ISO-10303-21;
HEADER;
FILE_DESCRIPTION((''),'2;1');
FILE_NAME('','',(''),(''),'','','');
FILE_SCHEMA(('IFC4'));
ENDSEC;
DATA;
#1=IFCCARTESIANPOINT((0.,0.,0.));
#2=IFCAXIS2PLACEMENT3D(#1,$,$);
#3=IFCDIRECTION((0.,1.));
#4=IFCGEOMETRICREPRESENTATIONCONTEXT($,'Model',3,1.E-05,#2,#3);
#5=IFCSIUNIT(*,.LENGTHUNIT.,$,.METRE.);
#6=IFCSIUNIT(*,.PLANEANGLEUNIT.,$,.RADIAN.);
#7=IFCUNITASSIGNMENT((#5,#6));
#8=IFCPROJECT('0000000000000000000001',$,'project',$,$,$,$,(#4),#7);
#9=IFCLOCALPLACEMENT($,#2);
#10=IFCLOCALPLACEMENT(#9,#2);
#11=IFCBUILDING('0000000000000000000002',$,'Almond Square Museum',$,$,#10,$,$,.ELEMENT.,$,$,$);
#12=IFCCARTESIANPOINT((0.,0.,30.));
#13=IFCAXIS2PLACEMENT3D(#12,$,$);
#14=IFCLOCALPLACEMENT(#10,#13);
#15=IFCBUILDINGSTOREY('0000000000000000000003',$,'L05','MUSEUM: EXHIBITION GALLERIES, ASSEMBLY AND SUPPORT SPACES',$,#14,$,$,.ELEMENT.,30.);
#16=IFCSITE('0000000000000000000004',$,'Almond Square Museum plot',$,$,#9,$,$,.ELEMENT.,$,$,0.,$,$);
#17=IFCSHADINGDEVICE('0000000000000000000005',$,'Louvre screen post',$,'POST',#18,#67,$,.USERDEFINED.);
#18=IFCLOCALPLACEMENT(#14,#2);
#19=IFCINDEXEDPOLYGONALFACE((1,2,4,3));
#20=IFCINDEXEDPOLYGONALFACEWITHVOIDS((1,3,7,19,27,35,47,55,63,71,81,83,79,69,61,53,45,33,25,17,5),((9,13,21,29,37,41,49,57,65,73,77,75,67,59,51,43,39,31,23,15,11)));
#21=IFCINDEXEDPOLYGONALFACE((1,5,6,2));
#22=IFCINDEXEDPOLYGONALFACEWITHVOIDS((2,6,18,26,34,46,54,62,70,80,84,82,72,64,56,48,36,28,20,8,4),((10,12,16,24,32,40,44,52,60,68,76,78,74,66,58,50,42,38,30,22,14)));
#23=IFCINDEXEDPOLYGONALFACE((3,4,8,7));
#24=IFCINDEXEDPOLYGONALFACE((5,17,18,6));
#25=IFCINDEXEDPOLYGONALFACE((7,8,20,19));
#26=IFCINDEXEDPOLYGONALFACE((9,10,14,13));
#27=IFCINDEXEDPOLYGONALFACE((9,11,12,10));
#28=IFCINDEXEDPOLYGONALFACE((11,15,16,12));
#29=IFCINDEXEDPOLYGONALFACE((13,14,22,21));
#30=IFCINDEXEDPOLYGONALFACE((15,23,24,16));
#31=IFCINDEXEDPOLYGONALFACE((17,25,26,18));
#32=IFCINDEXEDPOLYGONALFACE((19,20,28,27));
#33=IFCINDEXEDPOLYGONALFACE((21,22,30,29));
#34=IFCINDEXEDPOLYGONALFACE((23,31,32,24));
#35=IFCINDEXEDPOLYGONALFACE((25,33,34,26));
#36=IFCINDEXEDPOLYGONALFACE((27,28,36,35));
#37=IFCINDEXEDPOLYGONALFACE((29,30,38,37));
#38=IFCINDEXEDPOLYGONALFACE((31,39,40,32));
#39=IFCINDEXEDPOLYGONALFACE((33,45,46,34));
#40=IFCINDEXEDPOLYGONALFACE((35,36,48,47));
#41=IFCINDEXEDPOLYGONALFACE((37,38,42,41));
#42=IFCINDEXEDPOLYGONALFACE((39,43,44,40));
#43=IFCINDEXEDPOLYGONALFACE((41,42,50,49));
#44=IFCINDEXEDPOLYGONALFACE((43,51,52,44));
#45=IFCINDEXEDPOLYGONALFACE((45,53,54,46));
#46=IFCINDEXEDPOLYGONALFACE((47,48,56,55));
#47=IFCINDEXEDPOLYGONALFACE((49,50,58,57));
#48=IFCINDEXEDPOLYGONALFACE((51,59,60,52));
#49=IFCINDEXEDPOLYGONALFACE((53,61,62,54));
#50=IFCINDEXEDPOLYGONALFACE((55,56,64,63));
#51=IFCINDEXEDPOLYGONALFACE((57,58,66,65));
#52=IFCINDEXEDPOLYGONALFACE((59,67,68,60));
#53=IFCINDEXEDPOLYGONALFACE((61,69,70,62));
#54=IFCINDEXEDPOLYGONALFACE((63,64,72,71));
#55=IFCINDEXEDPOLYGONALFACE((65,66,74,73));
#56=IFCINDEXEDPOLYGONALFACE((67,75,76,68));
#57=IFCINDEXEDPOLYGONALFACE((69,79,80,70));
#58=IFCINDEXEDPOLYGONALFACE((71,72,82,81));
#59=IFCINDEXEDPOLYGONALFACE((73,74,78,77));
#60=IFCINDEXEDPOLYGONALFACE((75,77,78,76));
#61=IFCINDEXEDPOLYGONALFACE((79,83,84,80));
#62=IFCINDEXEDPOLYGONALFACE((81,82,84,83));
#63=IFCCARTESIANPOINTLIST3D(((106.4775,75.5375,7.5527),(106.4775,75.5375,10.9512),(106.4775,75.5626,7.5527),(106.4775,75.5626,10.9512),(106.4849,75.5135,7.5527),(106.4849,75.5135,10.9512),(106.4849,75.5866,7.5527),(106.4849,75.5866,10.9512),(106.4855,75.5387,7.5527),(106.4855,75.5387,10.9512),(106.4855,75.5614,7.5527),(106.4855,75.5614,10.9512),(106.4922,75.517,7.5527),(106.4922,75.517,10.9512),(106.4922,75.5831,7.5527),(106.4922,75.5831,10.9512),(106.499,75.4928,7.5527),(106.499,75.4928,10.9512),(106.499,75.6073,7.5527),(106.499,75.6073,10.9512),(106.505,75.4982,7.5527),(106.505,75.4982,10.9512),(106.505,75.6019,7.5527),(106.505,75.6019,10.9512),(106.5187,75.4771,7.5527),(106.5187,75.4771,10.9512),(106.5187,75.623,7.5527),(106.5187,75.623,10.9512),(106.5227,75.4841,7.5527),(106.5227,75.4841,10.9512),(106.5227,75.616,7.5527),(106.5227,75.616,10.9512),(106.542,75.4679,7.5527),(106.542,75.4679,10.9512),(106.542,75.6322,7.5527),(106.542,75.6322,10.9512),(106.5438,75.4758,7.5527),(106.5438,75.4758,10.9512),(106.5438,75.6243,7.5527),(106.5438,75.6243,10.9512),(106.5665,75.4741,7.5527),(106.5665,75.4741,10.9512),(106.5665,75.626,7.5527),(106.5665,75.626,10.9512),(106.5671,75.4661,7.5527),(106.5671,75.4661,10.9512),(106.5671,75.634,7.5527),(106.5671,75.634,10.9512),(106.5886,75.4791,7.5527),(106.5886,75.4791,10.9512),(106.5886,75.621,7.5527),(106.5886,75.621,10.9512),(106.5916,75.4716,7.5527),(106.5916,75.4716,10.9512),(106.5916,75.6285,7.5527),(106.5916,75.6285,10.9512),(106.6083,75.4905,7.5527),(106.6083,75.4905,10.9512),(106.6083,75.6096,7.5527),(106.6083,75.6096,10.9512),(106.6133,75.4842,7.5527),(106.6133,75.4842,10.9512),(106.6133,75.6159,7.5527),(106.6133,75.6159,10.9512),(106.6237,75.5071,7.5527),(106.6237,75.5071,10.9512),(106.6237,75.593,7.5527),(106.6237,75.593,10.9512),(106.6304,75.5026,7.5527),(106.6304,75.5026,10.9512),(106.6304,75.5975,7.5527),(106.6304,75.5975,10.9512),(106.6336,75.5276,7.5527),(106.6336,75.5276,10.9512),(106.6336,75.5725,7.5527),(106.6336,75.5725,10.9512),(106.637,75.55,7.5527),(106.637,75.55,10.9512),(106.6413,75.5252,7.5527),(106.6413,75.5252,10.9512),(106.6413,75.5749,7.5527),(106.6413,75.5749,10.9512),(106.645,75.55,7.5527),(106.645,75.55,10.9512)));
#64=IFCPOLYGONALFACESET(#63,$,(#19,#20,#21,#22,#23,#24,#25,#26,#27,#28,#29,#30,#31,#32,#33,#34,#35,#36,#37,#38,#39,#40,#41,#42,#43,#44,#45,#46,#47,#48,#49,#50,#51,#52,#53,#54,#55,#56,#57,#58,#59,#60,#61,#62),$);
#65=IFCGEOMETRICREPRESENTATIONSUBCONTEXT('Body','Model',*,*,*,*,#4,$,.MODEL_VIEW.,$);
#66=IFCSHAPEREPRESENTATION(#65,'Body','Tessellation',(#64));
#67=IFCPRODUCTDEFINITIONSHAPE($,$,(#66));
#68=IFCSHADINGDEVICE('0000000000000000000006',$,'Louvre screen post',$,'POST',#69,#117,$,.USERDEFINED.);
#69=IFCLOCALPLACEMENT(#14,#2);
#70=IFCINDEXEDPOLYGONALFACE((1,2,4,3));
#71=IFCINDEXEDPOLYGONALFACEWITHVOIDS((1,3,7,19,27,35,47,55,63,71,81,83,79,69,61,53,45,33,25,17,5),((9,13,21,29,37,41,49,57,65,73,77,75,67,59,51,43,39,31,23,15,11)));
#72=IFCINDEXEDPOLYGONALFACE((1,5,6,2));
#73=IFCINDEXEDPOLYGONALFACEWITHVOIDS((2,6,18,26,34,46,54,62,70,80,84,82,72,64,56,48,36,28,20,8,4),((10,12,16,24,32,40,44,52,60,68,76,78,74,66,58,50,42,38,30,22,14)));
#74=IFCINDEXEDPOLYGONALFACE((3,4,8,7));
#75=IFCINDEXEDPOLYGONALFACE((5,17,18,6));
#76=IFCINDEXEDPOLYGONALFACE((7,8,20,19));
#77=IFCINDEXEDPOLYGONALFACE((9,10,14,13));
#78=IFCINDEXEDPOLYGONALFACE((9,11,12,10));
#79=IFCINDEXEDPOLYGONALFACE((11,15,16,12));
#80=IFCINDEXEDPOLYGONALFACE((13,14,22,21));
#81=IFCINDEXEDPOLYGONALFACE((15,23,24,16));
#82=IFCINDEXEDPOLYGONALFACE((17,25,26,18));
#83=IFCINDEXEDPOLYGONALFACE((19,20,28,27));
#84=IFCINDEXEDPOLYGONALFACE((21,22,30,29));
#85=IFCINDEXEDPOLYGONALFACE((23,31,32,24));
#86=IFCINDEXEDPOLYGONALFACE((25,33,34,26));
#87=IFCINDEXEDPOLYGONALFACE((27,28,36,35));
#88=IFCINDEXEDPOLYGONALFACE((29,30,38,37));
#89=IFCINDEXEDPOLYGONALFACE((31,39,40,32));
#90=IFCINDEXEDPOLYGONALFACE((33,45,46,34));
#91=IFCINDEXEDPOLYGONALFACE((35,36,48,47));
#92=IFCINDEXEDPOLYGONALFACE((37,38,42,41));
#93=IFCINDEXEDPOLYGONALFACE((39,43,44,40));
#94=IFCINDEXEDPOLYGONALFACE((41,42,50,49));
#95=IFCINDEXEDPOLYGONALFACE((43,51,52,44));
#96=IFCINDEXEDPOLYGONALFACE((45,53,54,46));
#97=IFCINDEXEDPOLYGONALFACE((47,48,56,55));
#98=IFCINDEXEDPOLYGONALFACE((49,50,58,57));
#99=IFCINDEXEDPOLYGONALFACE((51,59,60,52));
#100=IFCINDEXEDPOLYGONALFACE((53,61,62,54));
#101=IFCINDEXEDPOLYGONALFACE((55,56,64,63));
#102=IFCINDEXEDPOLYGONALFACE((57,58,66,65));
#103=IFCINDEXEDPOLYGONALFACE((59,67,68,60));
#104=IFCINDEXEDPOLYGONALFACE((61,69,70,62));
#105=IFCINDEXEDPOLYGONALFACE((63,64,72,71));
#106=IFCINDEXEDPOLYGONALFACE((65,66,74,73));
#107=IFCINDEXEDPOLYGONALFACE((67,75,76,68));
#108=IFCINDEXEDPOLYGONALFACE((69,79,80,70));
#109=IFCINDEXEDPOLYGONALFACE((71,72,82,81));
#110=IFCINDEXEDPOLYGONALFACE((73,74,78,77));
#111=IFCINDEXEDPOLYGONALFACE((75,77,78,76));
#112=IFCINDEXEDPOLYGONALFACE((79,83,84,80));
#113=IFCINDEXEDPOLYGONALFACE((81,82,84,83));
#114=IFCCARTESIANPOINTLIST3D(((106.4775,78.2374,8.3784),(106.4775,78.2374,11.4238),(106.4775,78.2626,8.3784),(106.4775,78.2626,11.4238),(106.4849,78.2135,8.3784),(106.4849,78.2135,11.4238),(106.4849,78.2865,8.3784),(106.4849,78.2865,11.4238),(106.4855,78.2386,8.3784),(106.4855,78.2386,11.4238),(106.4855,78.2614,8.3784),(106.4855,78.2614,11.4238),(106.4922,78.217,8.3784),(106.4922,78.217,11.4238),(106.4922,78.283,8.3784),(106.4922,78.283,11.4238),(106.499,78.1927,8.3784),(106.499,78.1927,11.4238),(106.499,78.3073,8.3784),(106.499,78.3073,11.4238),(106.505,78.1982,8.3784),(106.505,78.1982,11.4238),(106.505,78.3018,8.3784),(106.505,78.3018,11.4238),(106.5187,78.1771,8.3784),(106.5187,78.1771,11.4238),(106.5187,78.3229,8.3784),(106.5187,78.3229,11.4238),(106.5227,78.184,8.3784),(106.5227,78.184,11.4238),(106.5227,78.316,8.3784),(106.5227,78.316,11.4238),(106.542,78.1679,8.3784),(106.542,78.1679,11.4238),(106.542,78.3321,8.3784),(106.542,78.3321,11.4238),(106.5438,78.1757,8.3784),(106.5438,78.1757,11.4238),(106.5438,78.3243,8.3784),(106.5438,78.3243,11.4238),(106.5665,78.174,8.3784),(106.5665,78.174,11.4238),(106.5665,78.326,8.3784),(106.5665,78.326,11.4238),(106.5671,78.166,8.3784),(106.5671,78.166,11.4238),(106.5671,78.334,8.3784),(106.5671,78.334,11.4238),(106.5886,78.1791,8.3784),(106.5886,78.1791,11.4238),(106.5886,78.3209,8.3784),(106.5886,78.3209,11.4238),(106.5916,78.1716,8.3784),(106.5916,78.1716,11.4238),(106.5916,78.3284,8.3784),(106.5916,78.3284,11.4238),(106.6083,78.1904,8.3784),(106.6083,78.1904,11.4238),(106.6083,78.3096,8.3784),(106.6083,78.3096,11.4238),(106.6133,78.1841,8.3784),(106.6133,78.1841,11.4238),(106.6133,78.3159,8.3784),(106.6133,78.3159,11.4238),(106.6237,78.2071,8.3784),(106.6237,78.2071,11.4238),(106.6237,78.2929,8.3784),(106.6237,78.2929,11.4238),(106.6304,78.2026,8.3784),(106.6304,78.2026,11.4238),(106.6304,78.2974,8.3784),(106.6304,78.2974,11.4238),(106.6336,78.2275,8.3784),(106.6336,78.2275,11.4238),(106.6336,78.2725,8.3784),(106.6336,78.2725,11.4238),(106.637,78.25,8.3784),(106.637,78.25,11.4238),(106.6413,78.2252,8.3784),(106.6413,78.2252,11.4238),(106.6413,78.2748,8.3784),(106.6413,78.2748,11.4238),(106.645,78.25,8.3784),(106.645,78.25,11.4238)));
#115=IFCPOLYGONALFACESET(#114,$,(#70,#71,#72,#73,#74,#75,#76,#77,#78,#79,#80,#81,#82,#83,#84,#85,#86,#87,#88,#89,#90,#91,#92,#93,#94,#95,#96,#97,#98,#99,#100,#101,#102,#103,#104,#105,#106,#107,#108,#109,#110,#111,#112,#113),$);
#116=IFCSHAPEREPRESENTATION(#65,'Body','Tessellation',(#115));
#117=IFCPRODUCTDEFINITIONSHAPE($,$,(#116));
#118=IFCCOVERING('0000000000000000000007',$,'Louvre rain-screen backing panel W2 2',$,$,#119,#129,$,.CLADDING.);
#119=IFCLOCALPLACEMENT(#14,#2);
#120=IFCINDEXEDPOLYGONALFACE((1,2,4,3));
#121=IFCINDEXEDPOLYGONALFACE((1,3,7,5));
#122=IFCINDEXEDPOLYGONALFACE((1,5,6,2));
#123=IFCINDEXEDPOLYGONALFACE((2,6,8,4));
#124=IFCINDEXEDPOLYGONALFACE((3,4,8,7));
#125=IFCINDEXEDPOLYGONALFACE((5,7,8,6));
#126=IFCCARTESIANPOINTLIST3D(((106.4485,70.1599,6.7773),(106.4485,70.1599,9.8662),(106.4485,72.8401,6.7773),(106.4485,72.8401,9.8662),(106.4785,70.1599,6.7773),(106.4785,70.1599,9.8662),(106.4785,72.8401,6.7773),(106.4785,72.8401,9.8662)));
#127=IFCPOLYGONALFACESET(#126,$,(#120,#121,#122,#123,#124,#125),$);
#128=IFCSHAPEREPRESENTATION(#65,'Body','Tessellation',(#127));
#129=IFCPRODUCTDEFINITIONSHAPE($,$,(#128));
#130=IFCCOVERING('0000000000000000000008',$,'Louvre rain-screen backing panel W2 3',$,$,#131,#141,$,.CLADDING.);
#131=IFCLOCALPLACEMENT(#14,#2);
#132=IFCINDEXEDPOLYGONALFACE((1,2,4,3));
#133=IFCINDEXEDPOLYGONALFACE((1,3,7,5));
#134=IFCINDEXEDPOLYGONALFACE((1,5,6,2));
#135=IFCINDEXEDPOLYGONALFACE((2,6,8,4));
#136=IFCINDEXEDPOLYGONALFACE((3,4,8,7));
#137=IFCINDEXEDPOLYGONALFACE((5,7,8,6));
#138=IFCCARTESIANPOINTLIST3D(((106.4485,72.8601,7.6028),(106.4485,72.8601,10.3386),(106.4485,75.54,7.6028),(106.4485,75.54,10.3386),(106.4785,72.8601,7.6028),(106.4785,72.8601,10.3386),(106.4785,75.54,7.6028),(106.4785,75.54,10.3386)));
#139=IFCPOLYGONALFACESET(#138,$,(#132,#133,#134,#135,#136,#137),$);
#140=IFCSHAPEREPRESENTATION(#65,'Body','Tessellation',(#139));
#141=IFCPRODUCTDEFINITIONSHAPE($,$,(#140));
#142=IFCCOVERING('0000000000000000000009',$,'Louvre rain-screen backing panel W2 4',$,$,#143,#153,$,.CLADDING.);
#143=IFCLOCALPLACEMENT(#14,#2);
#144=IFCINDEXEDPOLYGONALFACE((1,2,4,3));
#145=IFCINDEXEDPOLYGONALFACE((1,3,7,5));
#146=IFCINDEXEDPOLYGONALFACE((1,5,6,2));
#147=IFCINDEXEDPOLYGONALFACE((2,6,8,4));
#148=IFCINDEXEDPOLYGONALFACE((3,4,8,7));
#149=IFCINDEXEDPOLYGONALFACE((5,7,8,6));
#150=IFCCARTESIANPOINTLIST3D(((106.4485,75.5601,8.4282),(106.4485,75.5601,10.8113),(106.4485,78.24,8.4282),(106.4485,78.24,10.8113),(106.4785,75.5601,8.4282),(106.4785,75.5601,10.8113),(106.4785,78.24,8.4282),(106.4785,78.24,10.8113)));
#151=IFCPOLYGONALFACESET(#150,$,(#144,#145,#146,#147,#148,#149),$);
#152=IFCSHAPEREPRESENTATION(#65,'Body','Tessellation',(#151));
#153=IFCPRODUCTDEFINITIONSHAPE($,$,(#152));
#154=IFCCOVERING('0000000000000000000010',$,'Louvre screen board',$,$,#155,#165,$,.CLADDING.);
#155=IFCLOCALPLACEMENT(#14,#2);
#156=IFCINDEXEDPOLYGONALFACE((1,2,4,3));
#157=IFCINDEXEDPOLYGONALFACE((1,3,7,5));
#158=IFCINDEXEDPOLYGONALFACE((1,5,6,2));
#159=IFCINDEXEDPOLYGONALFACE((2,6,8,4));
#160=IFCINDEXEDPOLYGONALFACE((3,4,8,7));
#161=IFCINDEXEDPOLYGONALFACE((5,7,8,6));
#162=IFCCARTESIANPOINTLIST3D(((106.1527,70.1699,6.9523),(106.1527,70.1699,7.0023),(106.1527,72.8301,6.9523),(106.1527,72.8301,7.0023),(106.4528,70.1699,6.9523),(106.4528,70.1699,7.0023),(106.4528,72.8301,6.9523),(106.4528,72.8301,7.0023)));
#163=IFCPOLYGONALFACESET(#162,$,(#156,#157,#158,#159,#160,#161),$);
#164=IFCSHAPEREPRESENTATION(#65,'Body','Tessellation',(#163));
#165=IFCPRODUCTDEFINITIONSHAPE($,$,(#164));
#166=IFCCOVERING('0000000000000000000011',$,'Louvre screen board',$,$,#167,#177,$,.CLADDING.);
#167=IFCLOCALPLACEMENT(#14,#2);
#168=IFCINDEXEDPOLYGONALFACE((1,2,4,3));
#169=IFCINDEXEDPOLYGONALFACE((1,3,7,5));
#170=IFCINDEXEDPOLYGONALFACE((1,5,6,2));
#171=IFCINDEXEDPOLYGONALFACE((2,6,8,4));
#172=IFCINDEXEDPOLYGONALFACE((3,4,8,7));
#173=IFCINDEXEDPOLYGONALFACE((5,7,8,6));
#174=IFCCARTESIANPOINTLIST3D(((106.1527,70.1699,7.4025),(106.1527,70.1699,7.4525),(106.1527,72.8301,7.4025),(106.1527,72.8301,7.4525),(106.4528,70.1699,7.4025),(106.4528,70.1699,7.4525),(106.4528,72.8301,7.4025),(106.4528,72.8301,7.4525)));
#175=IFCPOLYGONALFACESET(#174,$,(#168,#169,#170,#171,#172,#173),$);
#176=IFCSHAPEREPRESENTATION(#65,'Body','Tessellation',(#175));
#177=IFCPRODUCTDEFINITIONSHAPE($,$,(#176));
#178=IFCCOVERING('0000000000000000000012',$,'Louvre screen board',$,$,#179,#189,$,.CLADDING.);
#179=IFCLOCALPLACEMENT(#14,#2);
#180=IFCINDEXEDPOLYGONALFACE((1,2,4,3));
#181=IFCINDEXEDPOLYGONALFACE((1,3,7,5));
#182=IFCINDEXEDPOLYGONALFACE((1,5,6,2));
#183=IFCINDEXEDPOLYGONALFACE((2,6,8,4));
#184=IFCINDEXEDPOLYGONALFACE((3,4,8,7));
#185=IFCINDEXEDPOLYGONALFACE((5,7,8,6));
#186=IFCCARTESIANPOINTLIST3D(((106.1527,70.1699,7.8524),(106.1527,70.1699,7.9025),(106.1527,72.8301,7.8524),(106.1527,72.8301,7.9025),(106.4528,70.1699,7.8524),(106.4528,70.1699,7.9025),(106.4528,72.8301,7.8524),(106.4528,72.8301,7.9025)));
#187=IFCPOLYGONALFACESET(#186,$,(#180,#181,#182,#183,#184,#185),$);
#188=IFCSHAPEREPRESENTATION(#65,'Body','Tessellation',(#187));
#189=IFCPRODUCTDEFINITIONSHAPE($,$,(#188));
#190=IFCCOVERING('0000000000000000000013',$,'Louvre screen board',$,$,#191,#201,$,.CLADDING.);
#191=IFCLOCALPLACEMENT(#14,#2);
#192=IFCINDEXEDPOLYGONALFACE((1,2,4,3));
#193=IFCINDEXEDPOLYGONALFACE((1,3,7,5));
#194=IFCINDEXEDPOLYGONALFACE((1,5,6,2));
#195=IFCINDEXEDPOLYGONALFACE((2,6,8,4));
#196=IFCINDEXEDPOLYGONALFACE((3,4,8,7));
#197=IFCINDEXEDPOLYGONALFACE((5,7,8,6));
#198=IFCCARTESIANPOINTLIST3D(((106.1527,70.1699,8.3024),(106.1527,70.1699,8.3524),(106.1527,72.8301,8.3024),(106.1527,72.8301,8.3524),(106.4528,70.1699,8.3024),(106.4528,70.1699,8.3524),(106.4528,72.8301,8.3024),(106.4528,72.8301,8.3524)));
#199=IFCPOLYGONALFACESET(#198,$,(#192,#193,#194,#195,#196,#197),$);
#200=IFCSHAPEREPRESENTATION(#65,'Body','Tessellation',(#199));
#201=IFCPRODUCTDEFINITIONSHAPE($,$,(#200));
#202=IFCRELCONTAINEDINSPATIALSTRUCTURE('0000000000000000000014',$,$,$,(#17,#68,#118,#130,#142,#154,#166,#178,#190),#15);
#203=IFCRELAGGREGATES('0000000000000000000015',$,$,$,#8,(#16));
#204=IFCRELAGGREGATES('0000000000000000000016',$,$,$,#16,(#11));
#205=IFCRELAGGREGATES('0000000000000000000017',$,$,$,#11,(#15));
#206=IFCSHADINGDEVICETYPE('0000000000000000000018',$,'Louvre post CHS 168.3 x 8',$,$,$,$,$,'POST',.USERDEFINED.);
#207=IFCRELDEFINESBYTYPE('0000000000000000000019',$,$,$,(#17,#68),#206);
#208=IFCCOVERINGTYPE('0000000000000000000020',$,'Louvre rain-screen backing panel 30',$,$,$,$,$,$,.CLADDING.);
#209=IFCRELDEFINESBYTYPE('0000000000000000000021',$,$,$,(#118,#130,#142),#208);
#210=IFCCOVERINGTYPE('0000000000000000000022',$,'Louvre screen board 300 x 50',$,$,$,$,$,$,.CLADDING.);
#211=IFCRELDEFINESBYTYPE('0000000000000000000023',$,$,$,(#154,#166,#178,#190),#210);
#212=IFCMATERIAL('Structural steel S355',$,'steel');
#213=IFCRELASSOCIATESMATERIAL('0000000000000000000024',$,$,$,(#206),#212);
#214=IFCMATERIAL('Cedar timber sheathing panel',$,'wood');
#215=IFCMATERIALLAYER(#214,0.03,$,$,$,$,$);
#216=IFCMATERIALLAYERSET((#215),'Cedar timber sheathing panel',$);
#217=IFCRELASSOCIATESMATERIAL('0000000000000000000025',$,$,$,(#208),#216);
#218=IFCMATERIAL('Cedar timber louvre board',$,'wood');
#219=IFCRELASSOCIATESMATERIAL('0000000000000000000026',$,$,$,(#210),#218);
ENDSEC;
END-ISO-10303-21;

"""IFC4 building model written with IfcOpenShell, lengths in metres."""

from ifc_helpers import new_model, si_unit, direction, frame, origin, origin_2d, place, context, subcontext, project, spatial, polyline, rectangle, hollow_circle, outline, extrude, material, layer, layer_set, material_profile, profile_set, type_object, element, save


model = new_model("IFC4")

# Units and contexts
model_context = context("Model", 3, precision=1e-05, world=origin(), true_north=direction((0.0, 1.0)))
body_context = subcontext(model_context, "Body", "Model", "MODEL_VIEW")
ifc_project = project(units=[si_unit("LENGTHUNIT", "METRE"), si_unit("PLANEANGLEUNIT", "RADIAN")], contexts=[model_context])

# Site, building, storey
site_placement = place(None, origin())
site = spatial("IfcSite", under=ifc_project, at=site_placement, Name="Almond Square Museum plot", CompositionType="ELEMENT", RefElevation=0.0)
building_placement = place(site_placement, origin())
building = spatial("IfcBuilding", under=site, at=building_placement, Name="Almond Square Museum", CompositionType="ELEMENT")
storey_placement = place(building_placement, frame((0.0, 0.0, 30.0)))
storey = spatial("IfcBuildingStorey", under=building, at=storey_placement, Name="L05", Description="MUSEUM: EXHIBITION GALLERIES, ASSEMBLY AND SUPPORT SPACES", CompositionType="ELEMENT", Elevation=30.0)

# Shading devices
ifc_material_1 = material(Name="Structural steel S355", Category="steel")
ifc_material_profile_1 = material_profile(ifc_material_1, hollow_circle(Radius=0.0842, WallThickness=0.0081, at=origin_2d()))
ifc_profile_set_1 = profile_set([ifc_material_profile_1], Name="Structural steel S355")
shading_device_type = type_object("IfcShadingDeviceType", Name="Louvre post CHS 168.3 x 8", ElementType="POST", PredefinedType="USERDEFINED", material=ifc_profile_set_1)
shading_device_1_placement = place(storey_placement, frame((106.5608, 75.55, 7.5527), z_axis=(0.0, 0.0, 1.0), x_axis=(1.0, 0.0, 0.0)))
element("IfcShadingDevice", 1, at=shading_device_1_placement, inside=storey, type_object=shading_device_type, Name="Louvre screen post", ObjectType="POST", PredefinedType="USERDEFINED", context=body_context, shape_type="SweptSolid", body=[
    extrude(hollow_circle(Radius=0.0842, WallThickness=0.0081, at=origin_2d()), origin(), (0.0, 0.0, 1.0), 3.3984),
])
shading_device_2_placement = place(storey_placement, frame((106.5608, 78.25, 8.3784), z_axis=(0.0, 0.0, 1.0), x_axis=(1.0, 0.0, 0.0)))
element("IfcShadingDevice", 2, at=shading_device_2_placement, inside=storey, type_object=shading_device_type, Name="Louvre screen post", ObjectType="POST", PredefinedType="USERDEFINED", context=body_context, shape_type="SweptSolid", body=[
    extrude(hollow_circle(Radius=0.0842, WallThickness=0.0081, at=origin_2d()), origin(), (0.0, 0.0, 1.0), 3.0454),
])

# Coverings
ifc_material_2 = material(Name="Cedar timber sheathing panel", Category="wood")
ifc_layer_1 = layer(ifc_material_2, 0.03)
ifc_layer_set_1 = layer_set([ifc_layer_1], Name="Cedar timber sheathing panel")
covering_type_1 = type_object("IfcCoveringType", Name="Louvre rain-screen backing panel 30", PredefinedType="CLADDING", material=ifc_layer_set_1)
covering_1_placement = place(storey_placement, frame((106.4636, 70.1599, 6.7773), z_axis=(1.0, 0.0, 0.0), x_axis=(0.0, 1.0, 0.0)))
element("IfcCovering", 3, at=covering_1_placement, inside=storey, type_object=covering_type_1, Name="Louvre rain-screen backing panel W2 2", PredefinedType="CLADDING", context=body_context, shape_type="SweptSolid", body=[
    extrude(outline(polyline([(0.0, 0.0), (2.6802, 0.0), (2.6802, 3.0889), (0.0, 3.0889), (0.0, 0.0)])), frame((0.0, 0.0, -0.0151)), (0.0, 0.0, 1.0), 0.03),
])
covering_2_placement = place(storey_placement, frame((106.4636, 72.8601, 7.6028), z_axis=(1.0, 0.0, 0.0), x_axis=(0.0, 1.0, 0.0)))
element("IfcCovering", 4, at=covering_2_placement, inside=storey, type_object=covering_type_1, Name="Louvre rain-screen backing panel W2 3", PredefinedType="CLADDING", context=body_context, shape_type="SweptSolid", body=[
    extrude(outline(polyline([(0.0, 0.0), (2.6799, 0.0), (2.6799, 2.7358), (0.0, 2.7358), (0.0, 0.0)])), frame((0.0, 0.0, -0.0151)), (0.0, 0.0, 1.0), 0.03),
])
covering_3_placement = place(storey_placement, frame((106.4636, 75.5601, 8.4282), z_axis=(1.0, 0.0, 0.0), x_axis=(0.0, 1.0, 0.0)))
element("IfcCovering", 5, at=covering_3_placement, inside=storey, type_object=covering_type_1, Name="Louvre rain-screen backing panel W2 4", PredefinedType="CLADDING", context=body_context, shape_type="SweptSolid", body=[
    extrude(outline(polyline([(0.0, 0.0), (2.6799, 0.0), (2.6799, 2.3831), (0.0, 2.3831), (0.0, 0.0)])), frame((0.0, 0.0, -0.0151)), (0.0, 0.0, 1.0), 0.03),
])
ifc_material_3 = material(Name="Cedar timber louvre board", Category="wood")
ifc_material_profile_2 = material_profile(ifc_material_3, rectangle(XDim=0.3, YDim=0.05, at=origin_2d()))
ifc_profile_set_2 = profile_set([ifc_material_profile_2], Name="Cedar timber louvre board")
covering_type_2 = type_object("IfcCoveringType", Name="Louvre screen board 300 x 50", PredefinedType="CLADDING", material=ifc_profile_set_2)
for number, where, z_axis, x_axis, name in (
    (6, (106.3027, 70.1699, 6.9773), (0.0, 1.0, 0.0), (-1.0, 0.0, 0.0), "Louvre screen board"),
    (7, (106.3027, 70.1699, 7.4275), (0.0, 1.0, 0.0), (-1.0, 0.0, 0.0), "Louvre screen board"),
    (8, (106.3027, 70.1699, 7.8774), (0.0, 1.0, 0.0), (-1.0, 0.0, 0.0), "Louvre screen board"),
    (9, (106.3027, 70.1699, 8.3274), (0.0, 1.0, 0.0), (-1.0, 0.0, 0.0), "Louvre screen board"),
):
    element("IfcCovering", number, at=place(storey_placement, frame(where, z_axis=z_axis, x_axis=x_axis)), inside=storey, type_object=covering_type_2, Name=name, PredefinedType="CLADDING", context=body_context, shape_type="SweptSolid", body=[
        extrude(rectangle(XDim=0.3, YDim=0.05, at=origin_2d()), origin(), (0.0, 0.0, 1.0), 2.6602),
    ])

save(model, "model.ifc")
